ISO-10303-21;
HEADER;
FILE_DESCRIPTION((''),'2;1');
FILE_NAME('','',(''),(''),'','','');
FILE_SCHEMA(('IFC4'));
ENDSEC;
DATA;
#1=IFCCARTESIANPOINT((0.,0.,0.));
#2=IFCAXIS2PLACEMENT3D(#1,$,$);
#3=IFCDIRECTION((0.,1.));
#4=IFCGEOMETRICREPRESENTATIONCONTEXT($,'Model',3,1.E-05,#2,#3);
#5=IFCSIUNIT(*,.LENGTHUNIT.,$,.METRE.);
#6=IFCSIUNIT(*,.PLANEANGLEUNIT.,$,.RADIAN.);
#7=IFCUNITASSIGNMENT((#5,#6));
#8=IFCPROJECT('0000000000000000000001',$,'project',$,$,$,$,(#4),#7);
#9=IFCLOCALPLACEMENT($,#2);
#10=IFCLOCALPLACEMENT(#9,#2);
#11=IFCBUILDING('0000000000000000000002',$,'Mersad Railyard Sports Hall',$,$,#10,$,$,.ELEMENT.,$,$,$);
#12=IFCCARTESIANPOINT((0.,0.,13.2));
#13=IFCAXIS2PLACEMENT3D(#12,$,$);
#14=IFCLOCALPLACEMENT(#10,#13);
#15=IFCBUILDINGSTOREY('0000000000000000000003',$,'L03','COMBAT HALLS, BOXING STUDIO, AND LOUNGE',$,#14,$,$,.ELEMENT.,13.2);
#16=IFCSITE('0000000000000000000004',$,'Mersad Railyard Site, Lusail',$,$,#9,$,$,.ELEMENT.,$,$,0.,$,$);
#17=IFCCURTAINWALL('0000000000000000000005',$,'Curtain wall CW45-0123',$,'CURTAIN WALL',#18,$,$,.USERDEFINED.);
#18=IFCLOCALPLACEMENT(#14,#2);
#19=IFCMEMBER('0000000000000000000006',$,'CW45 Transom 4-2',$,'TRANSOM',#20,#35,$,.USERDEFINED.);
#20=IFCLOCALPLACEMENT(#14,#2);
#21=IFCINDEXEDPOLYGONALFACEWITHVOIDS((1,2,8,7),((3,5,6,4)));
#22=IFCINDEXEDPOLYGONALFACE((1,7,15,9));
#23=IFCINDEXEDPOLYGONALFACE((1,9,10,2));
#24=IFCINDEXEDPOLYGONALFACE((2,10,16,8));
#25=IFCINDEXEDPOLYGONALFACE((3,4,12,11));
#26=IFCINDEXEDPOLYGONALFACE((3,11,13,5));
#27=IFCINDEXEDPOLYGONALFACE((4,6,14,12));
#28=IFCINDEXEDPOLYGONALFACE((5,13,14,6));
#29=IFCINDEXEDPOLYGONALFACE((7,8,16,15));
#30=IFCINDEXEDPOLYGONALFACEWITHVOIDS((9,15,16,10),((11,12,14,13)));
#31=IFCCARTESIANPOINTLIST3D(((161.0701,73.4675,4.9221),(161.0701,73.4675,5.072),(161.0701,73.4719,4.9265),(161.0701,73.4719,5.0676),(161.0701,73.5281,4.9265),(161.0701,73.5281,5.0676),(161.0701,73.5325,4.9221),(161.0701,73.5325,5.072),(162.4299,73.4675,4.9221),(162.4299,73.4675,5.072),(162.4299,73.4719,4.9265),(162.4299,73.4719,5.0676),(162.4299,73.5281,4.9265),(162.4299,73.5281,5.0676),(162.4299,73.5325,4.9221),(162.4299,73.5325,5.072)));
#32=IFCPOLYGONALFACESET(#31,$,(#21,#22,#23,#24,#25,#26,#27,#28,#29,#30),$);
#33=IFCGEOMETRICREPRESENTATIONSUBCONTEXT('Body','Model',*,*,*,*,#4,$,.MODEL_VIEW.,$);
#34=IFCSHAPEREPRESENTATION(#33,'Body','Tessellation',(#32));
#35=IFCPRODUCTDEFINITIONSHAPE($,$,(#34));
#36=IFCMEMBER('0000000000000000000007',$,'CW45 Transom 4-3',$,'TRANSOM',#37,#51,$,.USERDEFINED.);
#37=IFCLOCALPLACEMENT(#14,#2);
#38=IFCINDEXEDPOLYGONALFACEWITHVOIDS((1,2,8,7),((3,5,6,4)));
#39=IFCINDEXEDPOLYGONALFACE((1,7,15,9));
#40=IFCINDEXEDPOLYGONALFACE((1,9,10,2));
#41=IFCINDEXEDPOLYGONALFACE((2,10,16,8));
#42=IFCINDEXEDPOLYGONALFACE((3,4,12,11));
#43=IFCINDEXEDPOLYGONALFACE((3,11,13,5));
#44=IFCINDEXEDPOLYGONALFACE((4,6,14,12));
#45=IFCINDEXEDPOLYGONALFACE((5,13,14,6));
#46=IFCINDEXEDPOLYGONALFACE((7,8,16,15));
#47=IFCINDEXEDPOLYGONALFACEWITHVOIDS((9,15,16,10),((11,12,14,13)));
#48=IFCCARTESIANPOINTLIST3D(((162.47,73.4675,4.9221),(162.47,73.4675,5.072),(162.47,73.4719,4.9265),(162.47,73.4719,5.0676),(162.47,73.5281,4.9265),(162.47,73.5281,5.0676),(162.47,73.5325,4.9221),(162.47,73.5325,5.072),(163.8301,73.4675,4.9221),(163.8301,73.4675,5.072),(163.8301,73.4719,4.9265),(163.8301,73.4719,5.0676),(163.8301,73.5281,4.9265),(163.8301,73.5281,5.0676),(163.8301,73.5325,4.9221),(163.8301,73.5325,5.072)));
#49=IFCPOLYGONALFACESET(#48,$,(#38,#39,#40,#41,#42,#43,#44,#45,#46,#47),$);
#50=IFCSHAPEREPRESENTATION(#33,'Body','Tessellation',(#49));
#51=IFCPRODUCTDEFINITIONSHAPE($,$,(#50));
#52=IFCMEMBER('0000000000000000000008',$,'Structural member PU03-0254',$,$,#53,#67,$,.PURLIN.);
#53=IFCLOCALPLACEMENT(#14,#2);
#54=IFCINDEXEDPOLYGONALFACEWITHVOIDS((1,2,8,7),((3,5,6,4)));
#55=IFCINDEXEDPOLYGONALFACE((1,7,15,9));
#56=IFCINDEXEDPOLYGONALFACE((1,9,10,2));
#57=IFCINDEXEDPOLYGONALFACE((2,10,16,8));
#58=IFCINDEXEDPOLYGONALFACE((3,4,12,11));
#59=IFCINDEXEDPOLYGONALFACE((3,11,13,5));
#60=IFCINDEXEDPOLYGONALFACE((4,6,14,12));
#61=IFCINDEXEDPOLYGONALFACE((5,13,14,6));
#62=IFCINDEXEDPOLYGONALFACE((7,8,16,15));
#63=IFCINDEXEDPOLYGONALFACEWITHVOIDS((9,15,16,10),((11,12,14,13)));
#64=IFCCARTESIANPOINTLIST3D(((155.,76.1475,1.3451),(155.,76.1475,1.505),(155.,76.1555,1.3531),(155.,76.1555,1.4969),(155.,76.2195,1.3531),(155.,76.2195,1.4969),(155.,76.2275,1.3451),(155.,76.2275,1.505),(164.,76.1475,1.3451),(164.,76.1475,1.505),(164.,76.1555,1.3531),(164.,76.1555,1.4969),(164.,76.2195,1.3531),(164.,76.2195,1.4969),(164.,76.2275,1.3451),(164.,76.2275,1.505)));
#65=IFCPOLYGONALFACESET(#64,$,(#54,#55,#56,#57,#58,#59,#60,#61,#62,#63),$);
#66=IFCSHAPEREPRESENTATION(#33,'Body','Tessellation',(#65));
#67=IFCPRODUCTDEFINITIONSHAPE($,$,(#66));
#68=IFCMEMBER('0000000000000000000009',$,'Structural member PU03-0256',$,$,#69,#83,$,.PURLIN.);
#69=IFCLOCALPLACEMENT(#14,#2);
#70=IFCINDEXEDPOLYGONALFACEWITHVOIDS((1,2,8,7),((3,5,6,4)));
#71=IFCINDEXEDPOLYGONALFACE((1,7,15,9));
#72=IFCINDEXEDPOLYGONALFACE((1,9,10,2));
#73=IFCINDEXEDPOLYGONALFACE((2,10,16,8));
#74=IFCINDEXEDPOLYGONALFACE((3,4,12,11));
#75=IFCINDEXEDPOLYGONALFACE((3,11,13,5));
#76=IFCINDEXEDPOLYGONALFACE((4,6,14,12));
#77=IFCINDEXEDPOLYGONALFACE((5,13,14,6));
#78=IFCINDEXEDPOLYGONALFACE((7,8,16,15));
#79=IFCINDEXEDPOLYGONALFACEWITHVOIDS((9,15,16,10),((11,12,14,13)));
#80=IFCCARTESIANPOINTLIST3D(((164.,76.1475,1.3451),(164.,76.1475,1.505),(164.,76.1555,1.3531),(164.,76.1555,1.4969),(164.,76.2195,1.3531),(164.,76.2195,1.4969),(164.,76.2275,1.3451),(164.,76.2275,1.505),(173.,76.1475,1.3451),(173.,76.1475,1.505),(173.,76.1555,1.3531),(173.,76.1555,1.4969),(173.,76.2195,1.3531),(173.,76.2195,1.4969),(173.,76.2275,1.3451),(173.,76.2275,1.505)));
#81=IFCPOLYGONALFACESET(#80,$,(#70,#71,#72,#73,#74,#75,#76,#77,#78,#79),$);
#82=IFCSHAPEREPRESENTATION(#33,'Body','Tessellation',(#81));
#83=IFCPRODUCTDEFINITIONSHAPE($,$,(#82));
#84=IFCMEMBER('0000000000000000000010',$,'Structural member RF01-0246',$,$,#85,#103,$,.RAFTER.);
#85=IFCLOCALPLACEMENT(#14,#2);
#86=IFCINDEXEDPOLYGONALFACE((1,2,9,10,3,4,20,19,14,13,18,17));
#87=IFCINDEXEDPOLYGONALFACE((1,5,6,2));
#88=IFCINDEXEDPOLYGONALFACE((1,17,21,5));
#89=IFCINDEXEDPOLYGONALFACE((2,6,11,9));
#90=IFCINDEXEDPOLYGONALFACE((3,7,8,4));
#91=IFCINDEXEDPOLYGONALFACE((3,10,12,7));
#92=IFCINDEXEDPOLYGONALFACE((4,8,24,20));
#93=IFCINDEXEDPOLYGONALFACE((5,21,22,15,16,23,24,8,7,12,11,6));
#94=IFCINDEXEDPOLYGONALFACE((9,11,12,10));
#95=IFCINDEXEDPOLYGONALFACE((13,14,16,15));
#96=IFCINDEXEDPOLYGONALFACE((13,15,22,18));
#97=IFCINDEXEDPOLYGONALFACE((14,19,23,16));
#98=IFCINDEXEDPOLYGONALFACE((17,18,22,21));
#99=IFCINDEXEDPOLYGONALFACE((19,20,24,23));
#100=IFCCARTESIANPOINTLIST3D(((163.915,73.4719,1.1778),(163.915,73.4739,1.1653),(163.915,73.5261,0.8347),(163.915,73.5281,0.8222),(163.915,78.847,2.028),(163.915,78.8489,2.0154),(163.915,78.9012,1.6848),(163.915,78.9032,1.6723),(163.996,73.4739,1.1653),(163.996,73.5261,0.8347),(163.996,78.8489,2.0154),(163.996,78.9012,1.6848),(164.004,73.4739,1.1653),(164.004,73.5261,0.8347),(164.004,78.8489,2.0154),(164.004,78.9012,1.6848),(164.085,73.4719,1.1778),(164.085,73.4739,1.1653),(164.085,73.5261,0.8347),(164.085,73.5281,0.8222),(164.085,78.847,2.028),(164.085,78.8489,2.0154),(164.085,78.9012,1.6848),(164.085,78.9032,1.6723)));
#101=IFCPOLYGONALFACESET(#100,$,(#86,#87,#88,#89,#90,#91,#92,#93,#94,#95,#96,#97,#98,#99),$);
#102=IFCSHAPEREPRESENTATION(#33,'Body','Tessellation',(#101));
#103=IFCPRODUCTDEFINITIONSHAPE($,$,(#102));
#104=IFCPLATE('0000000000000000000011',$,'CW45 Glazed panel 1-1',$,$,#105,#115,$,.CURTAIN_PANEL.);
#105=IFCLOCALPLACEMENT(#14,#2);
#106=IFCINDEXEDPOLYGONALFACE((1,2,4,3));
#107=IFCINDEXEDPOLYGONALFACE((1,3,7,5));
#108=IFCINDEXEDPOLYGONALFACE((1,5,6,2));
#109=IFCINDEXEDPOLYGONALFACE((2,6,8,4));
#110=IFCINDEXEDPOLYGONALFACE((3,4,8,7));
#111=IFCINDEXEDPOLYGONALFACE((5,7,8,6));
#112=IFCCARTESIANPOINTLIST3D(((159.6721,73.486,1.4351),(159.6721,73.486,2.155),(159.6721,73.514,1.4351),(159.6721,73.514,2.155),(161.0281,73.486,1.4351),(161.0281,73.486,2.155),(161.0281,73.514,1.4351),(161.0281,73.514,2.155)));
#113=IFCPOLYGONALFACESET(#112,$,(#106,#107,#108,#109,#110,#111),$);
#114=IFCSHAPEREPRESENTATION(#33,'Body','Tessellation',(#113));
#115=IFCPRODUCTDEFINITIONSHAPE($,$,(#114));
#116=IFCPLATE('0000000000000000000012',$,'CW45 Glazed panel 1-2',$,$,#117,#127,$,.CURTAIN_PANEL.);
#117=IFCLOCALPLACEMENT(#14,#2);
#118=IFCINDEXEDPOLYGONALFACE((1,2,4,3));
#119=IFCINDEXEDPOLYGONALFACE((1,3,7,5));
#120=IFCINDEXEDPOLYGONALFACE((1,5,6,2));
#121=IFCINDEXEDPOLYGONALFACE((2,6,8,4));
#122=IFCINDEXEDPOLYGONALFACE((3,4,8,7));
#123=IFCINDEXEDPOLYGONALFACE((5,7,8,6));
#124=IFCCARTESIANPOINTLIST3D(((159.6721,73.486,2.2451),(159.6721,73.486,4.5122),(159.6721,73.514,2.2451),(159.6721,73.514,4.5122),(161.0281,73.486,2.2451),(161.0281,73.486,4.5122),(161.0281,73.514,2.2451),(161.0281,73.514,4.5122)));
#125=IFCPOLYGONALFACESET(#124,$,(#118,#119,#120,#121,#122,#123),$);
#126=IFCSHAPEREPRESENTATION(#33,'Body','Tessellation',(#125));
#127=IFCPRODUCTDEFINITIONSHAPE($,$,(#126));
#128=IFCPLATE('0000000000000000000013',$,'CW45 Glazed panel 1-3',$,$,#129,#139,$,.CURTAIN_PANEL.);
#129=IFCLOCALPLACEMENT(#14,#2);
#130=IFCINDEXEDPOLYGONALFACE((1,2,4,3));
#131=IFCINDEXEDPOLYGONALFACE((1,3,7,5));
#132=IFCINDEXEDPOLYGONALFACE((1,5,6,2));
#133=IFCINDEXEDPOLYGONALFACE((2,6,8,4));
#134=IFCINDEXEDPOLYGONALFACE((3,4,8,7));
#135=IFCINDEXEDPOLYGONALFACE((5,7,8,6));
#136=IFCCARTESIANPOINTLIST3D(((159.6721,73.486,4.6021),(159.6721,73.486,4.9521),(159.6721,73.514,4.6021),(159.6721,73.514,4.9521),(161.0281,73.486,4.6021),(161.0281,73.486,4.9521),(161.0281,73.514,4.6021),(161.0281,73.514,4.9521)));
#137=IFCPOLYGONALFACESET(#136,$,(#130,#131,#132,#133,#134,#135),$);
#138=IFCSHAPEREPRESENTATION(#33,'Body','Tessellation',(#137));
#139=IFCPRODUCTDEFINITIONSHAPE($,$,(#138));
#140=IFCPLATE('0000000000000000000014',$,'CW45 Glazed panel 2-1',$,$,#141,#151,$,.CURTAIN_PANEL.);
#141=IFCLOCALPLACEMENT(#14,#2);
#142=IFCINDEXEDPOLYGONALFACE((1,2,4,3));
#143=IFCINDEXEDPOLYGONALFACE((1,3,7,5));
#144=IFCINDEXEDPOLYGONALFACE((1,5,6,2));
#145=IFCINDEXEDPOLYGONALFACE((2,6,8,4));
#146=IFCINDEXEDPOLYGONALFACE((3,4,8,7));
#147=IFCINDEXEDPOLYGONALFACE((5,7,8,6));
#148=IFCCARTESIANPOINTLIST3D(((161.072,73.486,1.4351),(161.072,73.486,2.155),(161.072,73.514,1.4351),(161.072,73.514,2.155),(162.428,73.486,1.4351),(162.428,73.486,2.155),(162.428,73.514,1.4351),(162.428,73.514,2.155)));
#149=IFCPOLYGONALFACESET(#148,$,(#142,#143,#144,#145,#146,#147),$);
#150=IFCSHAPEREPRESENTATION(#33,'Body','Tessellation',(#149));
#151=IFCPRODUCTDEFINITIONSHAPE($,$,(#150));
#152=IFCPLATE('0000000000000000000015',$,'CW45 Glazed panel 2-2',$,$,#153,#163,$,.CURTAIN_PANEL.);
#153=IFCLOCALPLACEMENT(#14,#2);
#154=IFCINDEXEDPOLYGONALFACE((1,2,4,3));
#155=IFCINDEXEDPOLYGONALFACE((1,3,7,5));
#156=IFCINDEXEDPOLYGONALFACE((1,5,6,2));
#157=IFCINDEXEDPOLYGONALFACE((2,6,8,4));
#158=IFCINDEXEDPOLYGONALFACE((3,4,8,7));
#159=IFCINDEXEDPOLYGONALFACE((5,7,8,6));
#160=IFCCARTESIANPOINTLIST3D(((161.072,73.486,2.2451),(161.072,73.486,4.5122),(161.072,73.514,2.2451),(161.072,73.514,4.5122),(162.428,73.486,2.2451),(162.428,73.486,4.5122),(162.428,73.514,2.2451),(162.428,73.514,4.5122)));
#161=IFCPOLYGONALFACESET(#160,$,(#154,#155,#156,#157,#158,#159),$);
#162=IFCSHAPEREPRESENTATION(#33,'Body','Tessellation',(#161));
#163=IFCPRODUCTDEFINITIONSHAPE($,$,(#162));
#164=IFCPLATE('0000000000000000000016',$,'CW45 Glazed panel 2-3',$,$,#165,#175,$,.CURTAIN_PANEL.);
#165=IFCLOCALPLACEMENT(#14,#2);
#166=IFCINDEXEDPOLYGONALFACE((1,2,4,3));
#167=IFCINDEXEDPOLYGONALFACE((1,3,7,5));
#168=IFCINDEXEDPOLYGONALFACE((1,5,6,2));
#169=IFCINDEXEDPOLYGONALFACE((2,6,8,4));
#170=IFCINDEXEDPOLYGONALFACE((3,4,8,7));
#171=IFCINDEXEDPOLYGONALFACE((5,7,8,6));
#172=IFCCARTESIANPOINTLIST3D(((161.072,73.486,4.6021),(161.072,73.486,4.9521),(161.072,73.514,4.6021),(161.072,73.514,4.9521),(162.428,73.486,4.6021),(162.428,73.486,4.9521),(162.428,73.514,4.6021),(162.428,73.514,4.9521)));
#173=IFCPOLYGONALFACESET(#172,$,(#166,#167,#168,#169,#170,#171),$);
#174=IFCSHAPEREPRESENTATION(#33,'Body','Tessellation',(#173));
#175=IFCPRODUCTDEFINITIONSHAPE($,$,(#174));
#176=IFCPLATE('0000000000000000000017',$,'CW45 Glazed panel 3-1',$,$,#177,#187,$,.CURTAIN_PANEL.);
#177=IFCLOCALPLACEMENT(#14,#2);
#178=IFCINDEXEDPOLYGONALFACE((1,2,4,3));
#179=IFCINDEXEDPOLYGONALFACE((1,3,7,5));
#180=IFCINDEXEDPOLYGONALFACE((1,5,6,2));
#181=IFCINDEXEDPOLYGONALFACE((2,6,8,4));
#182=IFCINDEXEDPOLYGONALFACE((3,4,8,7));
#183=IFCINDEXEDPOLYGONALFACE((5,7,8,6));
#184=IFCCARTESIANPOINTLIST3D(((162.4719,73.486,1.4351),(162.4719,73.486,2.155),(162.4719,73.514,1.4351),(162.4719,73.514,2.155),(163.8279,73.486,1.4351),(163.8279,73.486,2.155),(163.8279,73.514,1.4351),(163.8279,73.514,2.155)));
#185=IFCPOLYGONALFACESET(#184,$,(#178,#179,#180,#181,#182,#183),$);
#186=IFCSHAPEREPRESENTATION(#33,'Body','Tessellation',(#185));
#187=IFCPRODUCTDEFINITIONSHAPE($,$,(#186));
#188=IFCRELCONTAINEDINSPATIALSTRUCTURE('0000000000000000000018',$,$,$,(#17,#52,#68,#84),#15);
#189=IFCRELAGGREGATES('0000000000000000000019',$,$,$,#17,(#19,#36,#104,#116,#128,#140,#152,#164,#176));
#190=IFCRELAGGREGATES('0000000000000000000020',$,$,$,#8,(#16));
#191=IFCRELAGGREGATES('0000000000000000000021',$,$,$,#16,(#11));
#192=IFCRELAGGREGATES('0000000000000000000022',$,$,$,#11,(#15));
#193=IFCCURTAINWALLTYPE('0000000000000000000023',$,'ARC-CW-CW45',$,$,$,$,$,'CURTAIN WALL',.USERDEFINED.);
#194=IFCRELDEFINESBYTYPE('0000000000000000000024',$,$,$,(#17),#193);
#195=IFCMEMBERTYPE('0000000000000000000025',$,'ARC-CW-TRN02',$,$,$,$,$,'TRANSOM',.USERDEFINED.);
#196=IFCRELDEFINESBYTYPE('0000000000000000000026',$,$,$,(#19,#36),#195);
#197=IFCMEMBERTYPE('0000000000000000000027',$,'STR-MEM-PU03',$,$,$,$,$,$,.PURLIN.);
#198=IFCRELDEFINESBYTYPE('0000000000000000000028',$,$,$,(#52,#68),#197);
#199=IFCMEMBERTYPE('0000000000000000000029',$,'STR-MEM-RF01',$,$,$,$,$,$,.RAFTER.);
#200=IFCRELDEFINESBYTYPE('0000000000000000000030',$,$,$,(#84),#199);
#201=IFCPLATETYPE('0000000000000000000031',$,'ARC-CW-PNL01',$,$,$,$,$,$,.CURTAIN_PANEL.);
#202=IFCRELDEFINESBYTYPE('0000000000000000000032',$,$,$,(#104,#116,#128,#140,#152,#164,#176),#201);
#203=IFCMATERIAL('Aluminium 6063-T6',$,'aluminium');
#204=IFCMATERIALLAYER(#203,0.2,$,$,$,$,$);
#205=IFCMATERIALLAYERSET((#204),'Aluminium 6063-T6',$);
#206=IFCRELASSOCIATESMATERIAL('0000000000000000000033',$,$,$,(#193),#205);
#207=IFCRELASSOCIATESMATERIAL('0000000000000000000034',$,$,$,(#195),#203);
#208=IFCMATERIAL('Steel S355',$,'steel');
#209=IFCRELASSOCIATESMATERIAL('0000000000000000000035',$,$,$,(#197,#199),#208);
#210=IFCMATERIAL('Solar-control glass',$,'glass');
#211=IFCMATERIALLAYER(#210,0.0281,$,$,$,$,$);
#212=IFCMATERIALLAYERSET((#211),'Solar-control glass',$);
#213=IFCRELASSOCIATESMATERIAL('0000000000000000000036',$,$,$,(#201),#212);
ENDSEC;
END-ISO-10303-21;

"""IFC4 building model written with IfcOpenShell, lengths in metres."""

from ifc_helpers import new_model, si_unit, direction, frame, origin, origin_2d, place, context, subcontext, project, spatial, rectangle, hollow_rectangle, i_section, extrude, material, layer, layer_set, material_profile, profile_set, type_object, element, aggregate, save


model = new_model("IFC4")

# Units and contexts
model_context = context("Model", 3, precision=1e-05, world=origin(), true_north=direction((0.0, 1.0)))
body_context = subcontext(model_context, "Body", "Model", "MODEL_VIEW")
ifc_project = project(units=[si_unit("LENGTHUNIT", "METRE"), si_unit("PLANEANGLEUNIT", "RADIAN")], contexts=[model_context])

# Site, building, storey
site_placement = place(None, origin())
site = spatial("IfcSite", under=ifc_project, at=site_placement, Name="Mersad Railyard Site, Lusail", CompositionType="ELEMENT", RefElevation=0.0)
building_placement = place(site_placement, origin())
building = spatial("IfcBuilding", under=site, at=building_placement, Name="Mersad Railyard Sports Hall", CompositionType="ELEMENT")
storey_placement = place(building_placement, frame((0.0, 0.0, 13.2)))
storey = spatial("IfcBuildingStorey", under=building, at=storey_placement, Name="L03", Description="COMBAT HALLS, BOXING STUDIO, AND LOUNGE", CompositionType="ELEMENT", Elevation=13.2)

# Curtain wall
ifc_material_1 = material(Name="Aluminium 6063-T6", Category="aluminium")
ifc_layer_1 = layer(ifc_material_1, 0.2)
ifc_layer_set_1 = layer_set([ifc_layer_1], Name="Aluminium 6063-T6")
curtain_wall_type_1 = type_object("IfcCurtainWallType", Name="ARC-CW-CW45", ElementType="CURTAIN WALL", PredefinedType="USERDEFINED", material=ifc_layer_set_1)
curtain_wall_1_placement = place(storey_placement, origin())
curtain_wall_1 = element("IfcCurtainWall", 1, at=curtain_wall_1_placement, inside=storey, type_object=curtain_wall_type_1, Name="Curtain wall CW45-0123", ObjectType="CURTAIN WALL", PredefinedType="USERDEFINED")

# Members
ifc_material_profile_1 = material_profile(ifc_material_1, hollow_rectangle(XDim=0.0649, YDim=0.1499, WallThickness=0.0044, at=origin_2d()), Name="AL TRANSOM 65x150x4.5")
ifc_profile_set_1 = profile_set([ifc_material_profile_1], Name="Aluminium 6063-T6")
member_type_1 = type_object("IfcMemberType", Name="ARC-CW-TRN02", ElementType="TRANSOM", PredefinedType="USERDEFINED", material=ifc_profile_set_1)
member_1_placement = place(storey_placement, frame((161.0701, 73.5, 4.9971), z_axis=(1.0, 0.0, 0.0), x_axis=(0.0, 1.0, 0.0)))
member_1 = element("IfcMember", 2, at=member_1_placement, type_object=member_type_1, Name="CW45 Transom 4-2", ObjectType="TRANSOM", PredefinedType="USERDEFINED", context=body_context, shape_type="SweptSolid", body=[
    extrude(hollow_rectangle(XDim=0.0649, YDim=0.1499, WallThickness=0.0044, at=origin_2d()), origin(), (0.0, 0.0, 1.0), 1.3599),
])
member_2_placement = place(storey_placement, frame((162.47, 73.5, 4.9971), z_axis=(1.0, 0.0, 0.0), x_axis=(0.0, 1.0, 0.0)))
member_2 = element("IfcMember", 3, at=member_2_placement, type_object=member_type_1, Name="CW45 Transom 4-3", ObjectType="TRANSOM", PredefinedType="USERDEFINED", context=body_context, shape_type="SweptSolid", body=[
    extrude(hollow_rectangle(XDim=0.0649, YDim=0.1499, WallThickness=0.0044, at=origin_2d()), origin(), (0.0, 0.0, 1.0), 1.3601),
])

# Members
ifc_material_2 = material(Name="Steel S355", Category="steel")
ifc_material_profile_2 = material_profile(ifc_material_2, hollow_rectangle(XDim=0.0801, YDim=0.1599, WallThickness=0.0081, at=origin_2d()), Name="RHS 160x80x8")
ifc_profile_set_2 = profile_set([ifc_material_profile_2], Name="Steel S355")
member_type_2 = type_object("IfcMemberType", Name="STR-MEM-PU03", PredefinedType="PURLIN", material=ifc_profile_set_2)
for number, where, z_axis, x_axis, name in (
    (4, (155.0, 76.1875, 1.425), (1.0, 0.0, 0.0), (0.0, 1.0, 0.0), "Structural member PU03-0254"),
    (5, (164.0, 76.1875, 1.425), (1.0, 0.0, 0.0), (0.0, 1.0, 0.0), "Structural member PU03-0256"),
):
    element("IfcMember", number, at=place(storey_placement, frame(where, z_axis=z_axis, x_axis=x_axis)), inside=storey, type_object=member_type_2, Name=name, PredefinedType="PURLIN", context=body_context, shape_type="SweptSolid", body=[
        extrude(hollow_rectangle(XDim=0.0801, YDim=0.1599, WallThickness=0.0081, at=origin_2d()), origin(), (0.0, 0.0, 1.0), 9.0),
    ])
ifc_material_profile_3 = material_profile(ifc_material_2, i_section(OverallWidth=0.1699, OverallDepth=0.3601, WebThickness=0.0081, FlangeThickness=0.0127, at=origin_2d()), Name="IPE 360")
ifc_profile_set_3 = profile_set([ifc_material_profile_3], Name="Steel S355")
member_type_3 = type_object("IfcMemberType", Name="STR-MEM-RF01", PredefinedType="RAFTER", material=ifc_profile_set_3)
member_3_placement = place(storey_placement, frame((164.0, 73.5, 1.0), z_axis=(0.0, 0.987723, 0.156216), x_axis=(-1.0, 0.0, 0.0)))
element("IfcMember", 6, at=member_3_placement, inside=storey, type_object=member_type_3, Name="Structural member RF01-0246", PredefinedType="RAFTER", context=body_context, shape_type="SweptSolid", body=[
    extrude(i_section(OverallWidth=0.1699, OverallDepth=0.3601, WebThickness=0.0081, FlangeThickness=0.0127, at=origin_2d()), origin(), (0.0, 0.0, 1.0), 5.4419),
])

# Plates
ifc_material_3 = material(Name="Solar-control glass", Category="glass")
ifc_layer_2 = layer(ifc_material_3, 0.0281)
ifc_layer_set_2 = layer_set([ifc_layer_2], Name="Solar-control glass")
plate_type_1 = type_object("IfcPlateType", Name="ARC-CW-PNL01", PredefinedType="CURTAIN_PANEL", material=ifc_layer_set_2)
plate_1_placement = place(storey_placement, frame((160.3501, 73.5, 1.4351), z_axis=(0.0, 0.0, 1.0), x_axis=(1.0, 0.0, 0.0)))
plate_1 = element("IfcPlate", 7, at=plate_1_placement, type_object=plate_type_1, Name="CW45 Glazed panel 1-1", PredefinedType="CURTAIN_PANEL", context=body_context, shape_type="SweptSolid", body=[
    extrude(rectangle(XDim=1.356, YDim=0.0281, at=origin_2d()), origin(), (0.0, 0.0, 1.0), 0.72),
])
plate_2_placement = place(storey_placement, frame((160.3501, 73.5, 2.2451), z_axis=(0.0, 0.0, 1.0), x_axis=(1.0, 0.0, 0.0)))
plate_2 = element("IfcPlate", 8, at=plate_2_placement, type_object=plate_type_1, Name="CW45 Glazed panel 1-2", PredefinedType="CURTAIN_PANEL", context=body_context, shape_type="SweptSolid", body=[
    extrude(rectangle(XDim=1.356, YDim=0.0281, at=origin_2d()), origin(), (0.0, 0.0, 1.0), 2.2671),
])
plate_3_placement = place(storey_placement, frame((160.3501, 73.5, 4.6021), z_axis=(0.0, 0.0, 1.0), x_axis=(1.0, 0.0, 0.0)))
plate_3 = element("IfcPlate", 9, at=plate_3_placement, type_object=plate_type_1, Name="CW45 Glazed panel 1-3", PredefinedType="CURTAIN_PANEL", context=body_context, shape_type="SweptSolid", body=[
    extrude(rectangle(XDim=1.356, YDim=0.0281, at=origin_2d()), origin(), (0.0, 0.0, 1.0), 0.3501),
])
plate_4_placement = place(storey_placement, frame((161.75, 73.5, 1.4351), z_axis=(0.0, 0.0, 1.0), x_axis=(1.0, 0.0, 0.0)))
plate_4 = element("IfcPlate", 10, at=plate_4_placement, type_object=plate_type_1, Name="CW45 Glazed panel 2-1", PredefinedType="CURTAIN_PANEL", context=body_context, shape_type="SweptSolid", body=[
    extrude(rectangle(XDim=1.356, YDim=0.0281, at=origin_2d()), origin(), (0.0, 0.0, 1.0), 0.72),
])
plate_5_placement = place(storey_placement, frame((161.75, 73.5, 2.2451), z_axis=(0.0, 0.0, 1.0), x_axis=(1.0, 0.0, 0.0)))
plate_5 = element("IfcPlate", 11, at=plate_5_placement, type_object=plate_type_1, Name="CW45 Glazed panel 2-2", PredefinedType="CURTAIN_PANEL", context=body_context, shape_type="SweptSolid", body=[
    extrude(rectangle(XDim=1.356, YDim=0.0281, at=origin_2d()), origin(), (0.0, 0.0, 1.0), 2.2671),
])
plate_6_placement = place(storey_placement, frame((161.75, 73.5, 4.6021), z_axis=(0.0, 0.0, 1.0), x_axis=(1.0, 0.0, 0.0)))
plate_6 = element("IfcPlate", 12, at=plate_6_placement, type_object=plate_type_1, Name="CW45 Glazed panel 2-3", PredefinedType="CURTAIN_PANEL", context=body_context, shape_type="SweptSolid", body=[
    extrude(rectangle(XDim=1.356, YDim=0.0281, at=origin_2d()), origin(), (0.0, 0.0, 1.0), 0.3501),
])
plate_7_placement = place(storey_placement, frame((163.1499, 73.5, 1.4351), z_axis=(0.0, 0.0, 1.0), x_axis=(1.0, 0.0, 0.0)))
plate_7 = element("IfcPlate", 13, at=plate_7_placement, type_object=plate_type_1, Name="CW45 Glazed panel 3-1", PredefinedType="CURTAIN_PANEL", context=body_context, shape_type="SweptSolid", body=[
    extrude(rectangle(XDim=1.356, YDim=0.0281, at=origin_2d()), origin(), (0.0, 0.0, 1.0), 0.72),
])
aggregate(curtain_wall_1, [member_1, member_2, plate_1, plate_2, plate_3, plate_4, plate_5, plate_6, plate_7])

save(model, "model.ifc")
